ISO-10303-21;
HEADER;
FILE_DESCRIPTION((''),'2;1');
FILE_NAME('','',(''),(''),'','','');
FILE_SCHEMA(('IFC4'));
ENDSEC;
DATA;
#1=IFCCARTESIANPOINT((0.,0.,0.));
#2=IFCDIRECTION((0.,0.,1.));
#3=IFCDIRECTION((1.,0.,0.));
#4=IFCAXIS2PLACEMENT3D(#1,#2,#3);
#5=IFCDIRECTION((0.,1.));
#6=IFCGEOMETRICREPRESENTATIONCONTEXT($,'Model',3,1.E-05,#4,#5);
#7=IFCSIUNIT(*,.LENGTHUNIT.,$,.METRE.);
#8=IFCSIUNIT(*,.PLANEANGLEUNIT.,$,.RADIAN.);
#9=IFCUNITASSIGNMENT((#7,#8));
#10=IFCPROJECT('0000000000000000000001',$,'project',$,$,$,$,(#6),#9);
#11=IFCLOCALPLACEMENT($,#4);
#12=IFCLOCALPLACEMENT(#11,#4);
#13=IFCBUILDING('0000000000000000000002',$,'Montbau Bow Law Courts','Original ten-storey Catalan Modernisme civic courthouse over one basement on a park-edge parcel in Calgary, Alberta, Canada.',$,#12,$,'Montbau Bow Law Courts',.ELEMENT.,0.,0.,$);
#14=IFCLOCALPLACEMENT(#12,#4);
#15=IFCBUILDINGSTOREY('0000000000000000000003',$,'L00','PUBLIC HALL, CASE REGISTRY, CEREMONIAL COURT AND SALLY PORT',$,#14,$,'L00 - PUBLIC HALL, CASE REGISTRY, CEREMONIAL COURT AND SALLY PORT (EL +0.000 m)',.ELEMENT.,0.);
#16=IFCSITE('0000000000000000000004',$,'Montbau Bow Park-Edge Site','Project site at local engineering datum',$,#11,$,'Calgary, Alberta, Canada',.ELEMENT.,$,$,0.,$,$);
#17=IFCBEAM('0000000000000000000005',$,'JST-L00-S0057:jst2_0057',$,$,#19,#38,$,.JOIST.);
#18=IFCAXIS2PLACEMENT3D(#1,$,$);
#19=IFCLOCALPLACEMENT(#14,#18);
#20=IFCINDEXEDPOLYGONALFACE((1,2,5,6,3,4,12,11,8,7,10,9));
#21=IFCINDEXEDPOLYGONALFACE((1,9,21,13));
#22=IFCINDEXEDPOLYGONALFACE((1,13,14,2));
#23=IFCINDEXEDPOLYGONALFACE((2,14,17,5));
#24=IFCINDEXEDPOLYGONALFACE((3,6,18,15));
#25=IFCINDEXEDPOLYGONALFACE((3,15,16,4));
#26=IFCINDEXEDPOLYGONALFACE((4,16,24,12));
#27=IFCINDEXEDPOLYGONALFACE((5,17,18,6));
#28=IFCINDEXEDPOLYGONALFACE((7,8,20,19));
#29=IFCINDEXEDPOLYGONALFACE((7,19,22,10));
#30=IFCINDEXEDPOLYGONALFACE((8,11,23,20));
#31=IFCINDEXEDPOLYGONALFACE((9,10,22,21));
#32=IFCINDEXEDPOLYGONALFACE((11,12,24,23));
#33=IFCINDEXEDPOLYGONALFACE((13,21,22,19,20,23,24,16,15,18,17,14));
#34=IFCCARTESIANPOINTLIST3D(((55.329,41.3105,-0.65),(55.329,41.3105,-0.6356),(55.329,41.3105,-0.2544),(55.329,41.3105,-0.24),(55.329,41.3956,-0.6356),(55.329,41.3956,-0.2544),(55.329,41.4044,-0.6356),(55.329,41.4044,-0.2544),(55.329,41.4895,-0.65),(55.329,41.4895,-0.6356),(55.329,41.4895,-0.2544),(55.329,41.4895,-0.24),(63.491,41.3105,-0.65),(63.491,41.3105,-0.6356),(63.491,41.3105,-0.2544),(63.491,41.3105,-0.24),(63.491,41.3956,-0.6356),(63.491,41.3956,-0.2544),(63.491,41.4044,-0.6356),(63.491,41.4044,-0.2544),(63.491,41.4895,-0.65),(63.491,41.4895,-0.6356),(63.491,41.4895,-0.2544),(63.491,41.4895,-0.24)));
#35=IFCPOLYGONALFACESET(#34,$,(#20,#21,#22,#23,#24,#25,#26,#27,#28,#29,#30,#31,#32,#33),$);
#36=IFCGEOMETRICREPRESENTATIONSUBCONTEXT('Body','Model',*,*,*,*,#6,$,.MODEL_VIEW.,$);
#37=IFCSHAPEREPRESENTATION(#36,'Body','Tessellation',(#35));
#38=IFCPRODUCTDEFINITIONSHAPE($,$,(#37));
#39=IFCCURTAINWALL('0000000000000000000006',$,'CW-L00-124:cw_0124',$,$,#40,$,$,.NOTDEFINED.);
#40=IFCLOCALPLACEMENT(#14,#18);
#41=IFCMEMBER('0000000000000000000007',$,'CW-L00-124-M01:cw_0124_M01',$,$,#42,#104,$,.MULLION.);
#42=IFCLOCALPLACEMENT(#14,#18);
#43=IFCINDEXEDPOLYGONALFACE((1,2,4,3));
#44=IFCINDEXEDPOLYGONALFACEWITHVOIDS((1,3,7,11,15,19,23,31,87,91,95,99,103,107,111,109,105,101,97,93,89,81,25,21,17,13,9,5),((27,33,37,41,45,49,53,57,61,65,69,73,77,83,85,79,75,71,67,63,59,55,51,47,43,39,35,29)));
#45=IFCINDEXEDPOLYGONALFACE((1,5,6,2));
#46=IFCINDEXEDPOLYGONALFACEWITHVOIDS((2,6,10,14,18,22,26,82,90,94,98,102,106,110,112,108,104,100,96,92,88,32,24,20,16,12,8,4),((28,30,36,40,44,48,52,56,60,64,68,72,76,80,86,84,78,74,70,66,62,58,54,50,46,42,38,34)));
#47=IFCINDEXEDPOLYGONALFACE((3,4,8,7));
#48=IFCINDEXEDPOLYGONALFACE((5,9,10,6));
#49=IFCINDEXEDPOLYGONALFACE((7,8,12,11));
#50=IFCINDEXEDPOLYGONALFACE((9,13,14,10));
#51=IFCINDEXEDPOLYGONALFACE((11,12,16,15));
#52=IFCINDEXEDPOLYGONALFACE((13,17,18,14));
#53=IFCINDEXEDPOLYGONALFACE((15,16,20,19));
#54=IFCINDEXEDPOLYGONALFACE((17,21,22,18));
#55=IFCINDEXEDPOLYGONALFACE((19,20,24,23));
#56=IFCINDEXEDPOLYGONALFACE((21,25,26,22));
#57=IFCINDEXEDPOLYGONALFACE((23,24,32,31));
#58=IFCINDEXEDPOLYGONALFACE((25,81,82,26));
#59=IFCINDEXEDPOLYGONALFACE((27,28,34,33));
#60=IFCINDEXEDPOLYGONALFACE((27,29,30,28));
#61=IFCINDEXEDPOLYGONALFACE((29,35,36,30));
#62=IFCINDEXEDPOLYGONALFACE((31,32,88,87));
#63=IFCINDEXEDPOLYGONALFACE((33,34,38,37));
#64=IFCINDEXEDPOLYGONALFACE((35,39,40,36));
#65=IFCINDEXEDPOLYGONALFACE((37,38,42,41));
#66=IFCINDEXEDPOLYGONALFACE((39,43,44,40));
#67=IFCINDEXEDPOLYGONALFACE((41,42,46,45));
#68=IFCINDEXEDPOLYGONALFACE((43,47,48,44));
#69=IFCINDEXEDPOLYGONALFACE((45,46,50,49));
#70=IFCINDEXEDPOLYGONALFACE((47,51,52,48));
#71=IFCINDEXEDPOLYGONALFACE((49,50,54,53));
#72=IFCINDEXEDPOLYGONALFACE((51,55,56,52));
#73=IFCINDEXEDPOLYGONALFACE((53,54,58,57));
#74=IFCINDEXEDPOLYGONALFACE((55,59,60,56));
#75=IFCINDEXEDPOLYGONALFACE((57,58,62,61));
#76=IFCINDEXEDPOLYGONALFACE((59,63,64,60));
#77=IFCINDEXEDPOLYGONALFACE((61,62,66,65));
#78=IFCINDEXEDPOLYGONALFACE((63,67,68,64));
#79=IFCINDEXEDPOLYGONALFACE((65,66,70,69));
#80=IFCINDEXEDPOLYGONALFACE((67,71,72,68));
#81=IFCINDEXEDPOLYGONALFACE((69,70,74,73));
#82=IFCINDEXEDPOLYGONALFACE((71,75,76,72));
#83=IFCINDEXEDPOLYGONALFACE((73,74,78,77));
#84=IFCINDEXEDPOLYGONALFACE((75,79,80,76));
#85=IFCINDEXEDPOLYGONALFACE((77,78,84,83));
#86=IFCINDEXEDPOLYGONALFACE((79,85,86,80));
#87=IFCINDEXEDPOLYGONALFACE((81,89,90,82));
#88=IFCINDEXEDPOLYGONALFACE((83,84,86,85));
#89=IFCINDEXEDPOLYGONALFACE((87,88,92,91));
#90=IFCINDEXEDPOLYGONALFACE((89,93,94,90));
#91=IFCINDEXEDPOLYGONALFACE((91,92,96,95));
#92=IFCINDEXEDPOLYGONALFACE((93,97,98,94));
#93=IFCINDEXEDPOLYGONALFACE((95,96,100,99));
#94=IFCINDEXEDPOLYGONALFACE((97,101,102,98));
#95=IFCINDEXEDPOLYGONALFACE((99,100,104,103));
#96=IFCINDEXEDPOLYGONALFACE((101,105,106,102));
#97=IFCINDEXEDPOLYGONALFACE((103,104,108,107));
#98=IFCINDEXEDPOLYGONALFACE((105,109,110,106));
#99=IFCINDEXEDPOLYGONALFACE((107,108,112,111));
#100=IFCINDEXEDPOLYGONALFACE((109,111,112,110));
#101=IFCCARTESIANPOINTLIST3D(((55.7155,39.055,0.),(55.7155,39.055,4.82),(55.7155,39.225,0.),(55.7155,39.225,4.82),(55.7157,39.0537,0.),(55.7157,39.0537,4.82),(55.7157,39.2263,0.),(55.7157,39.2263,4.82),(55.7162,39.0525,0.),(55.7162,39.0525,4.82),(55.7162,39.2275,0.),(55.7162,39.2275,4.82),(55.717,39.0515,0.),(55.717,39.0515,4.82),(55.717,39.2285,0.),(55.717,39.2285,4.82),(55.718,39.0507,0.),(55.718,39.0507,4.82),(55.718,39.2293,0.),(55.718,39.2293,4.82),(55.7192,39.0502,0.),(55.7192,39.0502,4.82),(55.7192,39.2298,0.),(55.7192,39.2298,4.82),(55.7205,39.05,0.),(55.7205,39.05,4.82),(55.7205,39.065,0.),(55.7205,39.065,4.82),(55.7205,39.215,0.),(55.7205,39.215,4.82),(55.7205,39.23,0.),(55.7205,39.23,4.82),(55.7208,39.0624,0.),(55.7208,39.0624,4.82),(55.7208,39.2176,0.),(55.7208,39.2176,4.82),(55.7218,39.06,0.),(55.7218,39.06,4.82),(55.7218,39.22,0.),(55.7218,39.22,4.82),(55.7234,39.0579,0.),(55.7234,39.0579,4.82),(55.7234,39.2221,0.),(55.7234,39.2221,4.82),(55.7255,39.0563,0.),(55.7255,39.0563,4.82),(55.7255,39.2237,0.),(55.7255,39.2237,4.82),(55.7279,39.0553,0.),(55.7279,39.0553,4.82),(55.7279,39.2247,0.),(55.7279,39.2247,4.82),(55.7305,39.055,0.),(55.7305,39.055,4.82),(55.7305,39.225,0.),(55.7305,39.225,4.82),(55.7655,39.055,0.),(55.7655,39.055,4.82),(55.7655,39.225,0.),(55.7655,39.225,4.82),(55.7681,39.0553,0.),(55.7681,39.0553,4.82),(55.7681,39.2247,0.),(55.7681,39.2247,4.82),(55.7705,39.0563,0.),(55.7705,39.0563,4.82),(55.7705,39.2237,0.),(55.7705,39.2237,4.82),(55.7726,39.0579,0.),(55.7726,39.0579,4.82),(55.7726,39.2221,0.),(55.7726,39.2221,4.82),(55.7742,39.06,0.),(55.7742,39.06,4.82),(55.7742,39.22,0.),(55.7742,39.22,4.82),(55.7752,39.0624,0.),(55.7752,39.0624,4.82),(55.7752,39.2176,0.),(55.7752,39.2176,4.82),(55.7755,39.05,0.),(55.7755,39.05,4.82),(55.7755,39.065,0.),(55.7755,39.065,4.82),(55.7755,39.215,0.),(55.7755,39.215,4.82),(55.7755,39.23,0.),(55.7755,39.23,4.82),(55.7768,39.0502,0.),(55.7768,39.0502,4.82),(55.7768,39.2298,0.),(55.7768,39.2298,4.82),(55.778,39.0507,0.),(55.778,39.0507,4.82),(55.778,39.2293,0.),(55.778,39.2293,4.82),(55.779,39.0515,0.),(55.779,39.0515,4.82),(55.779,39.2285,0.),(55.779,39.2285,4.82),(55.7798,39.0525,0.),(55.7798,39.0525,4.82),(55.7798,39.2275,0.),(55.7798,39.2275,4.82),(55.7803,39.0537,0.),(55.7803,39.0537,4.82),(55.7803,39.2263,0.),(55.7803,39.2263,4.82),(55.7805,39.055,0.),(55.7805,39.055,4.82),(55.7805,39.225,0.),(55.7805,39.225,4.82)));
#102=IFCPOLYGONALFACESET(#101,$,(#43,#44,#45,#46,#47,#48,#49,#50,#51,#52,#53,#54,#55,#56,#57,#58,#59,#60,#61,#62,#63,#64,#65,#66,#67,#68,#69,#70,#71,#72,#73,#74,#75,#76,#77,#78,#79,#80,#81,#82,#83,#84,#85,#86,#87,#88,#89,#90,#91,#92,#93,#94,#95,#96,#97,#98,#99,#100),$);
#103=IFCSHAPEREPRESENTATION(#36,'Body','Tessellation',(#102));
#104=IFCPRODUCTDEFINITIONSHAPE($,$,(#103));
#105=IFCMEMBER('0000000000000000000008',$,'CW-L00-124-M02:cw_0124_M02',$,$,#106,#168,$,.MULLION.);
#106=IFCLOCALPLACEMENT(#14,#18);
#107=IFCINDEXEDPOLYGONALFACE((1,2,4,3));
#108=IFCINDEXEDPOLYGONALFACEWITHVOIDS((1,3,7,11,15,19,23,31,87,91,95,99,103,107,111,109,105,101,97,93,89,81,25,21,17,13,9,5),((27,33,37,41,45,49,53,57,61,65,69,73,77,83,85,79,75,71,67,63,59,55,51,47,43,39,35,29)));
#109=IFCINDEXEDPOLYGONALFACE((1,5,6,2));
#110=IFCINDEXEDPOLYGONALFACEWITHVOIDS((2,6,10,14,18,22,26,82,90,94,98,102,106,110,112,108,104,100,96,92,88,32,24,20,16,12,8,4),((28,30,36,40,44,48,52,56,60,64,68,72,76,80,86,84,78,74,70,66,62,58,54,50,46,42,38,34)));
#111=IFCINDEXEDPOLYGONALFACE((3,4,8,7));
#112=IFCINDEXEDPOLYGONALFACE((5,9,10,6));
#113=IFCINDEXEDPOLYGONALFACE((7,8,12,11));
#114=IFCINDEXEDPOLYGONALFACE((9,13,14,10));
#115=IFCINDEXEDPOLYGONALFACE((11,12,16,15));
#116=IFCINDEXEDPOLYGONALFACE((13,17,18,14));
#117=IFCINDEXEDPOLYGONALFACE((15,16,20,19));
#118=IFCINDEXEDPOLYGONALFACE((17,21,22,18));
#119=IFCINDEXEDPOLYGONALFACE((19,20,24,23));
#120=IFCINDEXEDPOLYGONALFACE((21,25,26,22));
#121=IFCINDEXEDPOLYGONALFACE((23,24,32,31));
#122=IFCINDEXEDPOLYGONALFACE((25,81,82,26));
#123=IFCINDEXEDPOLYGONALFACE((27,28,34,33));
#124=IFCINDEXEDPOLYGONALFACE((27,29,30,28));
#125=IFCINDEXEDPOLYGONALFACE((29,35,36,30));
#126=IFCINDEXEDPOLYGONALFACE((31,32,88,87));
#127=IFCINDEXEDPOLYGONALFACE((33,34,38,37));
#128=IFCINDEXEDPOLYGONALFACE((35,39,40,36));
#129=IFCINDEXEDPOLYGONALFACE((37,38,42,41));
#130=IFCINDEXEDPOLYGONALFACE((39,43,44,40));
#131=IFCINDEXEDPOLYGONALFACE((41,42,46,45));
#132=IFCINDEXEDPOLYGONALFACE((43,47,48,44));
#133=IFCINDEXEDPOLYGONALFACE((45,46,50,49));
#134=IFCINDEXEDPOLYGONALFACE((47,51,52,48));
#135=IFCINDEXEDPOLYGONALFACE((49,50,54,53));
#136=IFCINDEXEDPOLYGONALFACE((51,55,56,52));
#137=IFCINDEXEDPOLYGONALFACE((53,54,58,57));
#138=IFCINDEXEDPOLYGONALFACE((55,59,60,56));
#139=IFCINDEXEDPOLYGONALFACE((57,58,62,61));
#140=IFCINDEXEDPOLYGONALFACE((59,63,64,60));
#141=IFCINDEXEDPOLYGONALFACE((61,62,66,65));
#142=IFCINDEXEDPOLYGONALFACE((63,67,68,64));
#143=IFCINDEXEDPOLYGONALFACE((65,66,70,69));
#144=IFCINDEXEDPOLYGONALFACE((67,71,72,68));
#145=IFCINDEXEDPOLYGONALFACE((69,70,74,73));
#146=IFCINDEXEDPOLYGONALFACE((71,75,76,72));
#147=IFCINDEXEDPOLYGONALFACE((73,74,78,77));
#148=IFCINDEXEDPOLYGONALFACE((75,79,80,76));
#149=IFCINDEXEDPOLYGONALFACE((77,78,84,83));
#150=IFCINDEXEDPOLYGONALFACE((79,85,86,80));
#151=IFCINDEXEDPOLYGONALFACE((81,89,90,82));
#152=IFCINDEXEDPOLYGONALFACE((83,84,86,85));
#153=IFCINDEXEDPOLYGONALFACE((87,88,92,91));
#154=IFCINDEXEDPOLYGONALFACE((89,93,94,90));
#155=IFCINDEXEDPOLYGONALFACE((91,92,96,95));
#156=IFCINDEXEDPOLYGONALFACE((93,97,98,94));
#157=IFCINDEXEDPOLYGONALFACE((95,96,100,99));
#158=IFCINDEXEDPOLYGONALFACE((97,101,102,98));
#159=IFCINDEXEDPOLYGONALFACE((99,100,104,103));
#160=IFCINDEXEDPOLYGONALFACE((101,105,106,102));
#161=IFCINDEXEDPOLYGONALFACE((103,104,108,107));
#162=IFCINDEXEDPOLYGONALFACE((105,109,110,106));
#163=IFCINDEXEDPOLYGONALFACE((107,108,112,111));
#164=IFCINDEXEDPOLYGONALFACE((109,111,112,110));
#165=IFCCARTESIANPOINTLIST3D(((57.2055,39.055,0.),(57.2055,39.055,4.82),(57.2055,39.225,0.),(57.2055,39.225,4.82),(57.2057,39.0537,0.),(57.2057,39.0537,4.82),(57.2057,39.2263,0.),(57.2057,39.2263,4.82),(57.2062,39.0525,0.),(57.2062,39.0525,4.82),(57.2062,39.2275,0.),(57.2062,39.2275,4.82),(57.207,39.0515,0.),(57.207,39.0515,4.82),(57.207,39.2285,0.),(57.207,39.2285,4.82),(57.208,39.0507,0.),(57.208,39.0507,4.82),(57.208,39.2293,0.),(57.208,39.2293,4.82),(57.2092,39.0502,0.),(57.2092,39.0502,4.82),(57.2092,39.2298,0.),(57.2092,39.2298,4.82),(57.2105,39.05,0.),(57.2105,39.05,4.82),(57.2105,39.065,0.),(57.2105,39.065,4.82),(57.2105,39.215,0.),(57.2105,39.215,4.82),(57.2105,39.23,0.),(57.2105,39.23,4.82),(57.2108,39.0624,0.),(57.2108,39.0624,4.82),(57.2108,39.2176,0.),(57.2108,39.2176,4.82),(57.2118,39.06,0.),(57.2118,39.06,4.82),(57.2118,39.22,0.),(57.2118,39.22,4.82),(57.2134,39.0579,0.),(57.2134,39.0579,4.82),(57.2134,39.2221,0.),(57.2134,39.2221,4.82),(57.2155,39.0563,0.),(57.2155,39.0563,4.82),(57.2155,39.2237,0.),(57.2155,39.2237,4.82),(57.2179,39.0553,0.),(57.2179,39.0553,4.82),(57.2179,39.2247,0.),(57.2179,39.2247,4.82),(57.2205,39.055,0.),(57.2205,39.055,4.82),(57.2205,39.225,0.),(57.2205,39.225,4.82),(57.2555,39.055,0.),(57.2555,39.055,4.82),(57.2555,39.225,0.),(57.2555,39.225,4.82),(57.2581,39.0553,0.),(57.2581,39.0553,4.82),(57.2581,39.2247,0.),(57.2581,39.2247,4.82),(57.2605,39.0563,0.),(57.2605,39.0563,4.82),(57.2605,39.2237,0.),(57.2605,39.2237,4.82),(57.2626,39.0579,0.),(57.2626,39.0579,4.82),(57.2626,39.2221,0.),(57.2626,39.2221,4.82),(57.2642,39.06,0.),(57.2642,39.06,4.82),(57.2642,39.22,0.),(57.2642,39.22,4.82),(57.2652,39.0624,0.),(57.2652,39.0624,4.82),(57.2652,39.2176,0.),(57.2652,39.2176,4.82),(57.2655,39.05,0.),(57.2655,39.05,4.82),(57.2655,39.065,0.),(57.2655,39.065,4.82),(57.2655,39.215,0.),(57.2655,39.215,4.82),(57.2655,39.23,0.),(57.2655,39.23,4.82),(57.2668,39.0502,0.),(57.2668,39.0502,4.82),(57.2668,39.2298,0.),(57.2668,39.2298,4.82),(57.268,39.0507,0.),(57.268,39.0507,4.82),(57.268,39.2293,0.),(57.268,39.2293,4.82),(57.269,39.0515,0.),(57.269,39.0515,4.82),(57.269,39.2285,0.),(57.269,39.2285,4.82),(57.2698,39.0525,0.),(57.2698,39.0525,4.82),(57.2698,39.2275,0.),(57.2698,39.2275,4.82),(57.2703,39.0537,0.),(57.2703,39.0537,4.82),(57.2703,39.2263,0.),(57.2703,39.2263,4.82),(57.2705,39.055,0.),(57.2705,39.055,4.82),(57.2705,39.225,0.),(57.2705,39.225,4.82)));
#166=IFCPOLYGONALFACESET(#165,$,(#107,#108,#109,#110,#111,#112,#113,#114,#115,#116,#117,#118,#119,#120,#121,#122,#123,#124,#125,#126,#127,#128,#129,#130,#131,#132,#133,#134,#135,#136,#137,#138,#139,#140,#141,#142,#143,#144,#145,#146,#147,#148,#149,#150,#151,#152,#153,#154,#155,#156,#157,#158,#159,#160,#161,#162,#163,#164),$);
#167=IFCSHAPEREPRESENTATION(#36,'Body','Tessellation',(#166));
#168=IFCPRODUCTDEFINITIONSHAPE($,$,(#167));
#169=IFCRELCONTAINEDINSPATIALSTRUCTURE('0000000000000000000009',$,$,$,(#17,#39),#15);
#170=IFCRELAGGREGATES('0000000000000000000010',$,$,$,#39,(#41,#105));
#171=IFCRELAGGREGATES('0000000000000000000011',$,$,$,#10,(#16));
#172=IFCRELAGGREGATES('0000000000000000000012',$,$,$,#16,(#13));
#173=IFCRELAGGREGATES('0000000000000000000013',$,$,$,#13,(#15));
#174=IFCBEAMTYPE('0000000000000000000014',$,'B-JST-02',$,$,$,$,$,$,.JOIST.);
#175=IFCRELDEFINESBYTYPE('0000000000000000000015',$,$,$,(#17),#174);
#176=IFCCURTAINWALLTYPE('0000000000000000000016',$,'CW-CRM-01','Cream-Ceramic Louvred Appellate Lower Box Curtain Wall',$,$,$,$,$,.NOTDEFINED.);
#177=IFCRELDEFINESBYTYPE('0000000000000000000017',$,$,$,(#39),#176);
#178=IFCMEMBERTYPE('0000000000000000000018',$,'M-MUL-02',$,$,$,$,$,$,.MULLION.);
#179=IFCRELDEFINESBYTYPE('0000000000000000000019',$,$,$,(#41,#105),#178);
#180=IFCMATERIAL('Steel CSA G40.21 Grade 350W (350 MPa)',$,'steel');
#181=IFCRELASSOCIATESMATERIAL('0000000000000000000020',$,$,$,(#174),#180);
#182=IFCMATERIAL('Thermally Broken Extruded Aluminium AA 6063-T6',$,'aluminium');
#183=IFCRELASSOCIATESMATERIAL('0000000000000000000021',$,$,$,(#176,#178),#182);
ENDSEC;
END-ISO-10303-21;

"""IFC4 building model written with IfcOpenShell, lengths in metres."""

from ifc_helpers import new_model, si_unit, direction, frame, origin_with_axes, origin_2d_with_axis, place, context, subcontext, project, spatial, hollow_rectangle, i_section, extrude, material, material_profile, profile_set, type_object, element, aggregate, save


model = new_model("IFC4")

# Units and contexts
model_context = context("Model", 3, precision=1e-05, world=origin_with_axes(), true_north=direction((0.0, 1.0)))
body_context = subcontext(model_context, "Body", "Model", "MODEL_VIEW")
ifc_project = project(units=[si_unit("LENGTHUNIT", "METRE"), si_unit("PLANEANGLEUNIT", "RADIAN")], contexts=[model_context])

# Site, building, storey
site_placement = place(None, origin_with_axes())
site = spatial("IfcSite", under=ifc_project, at=site_placement, Name="Montbau Bow Park-Edge Site", Description="Project site at local engineering datum", LongName="Calgary, Alberta, Canada", CompositionType="ELEMENT", RefElevation=0.0)
building_placement = place(site_placement, origin_with_axes())
building = spatial("IfcBuilding", under=site, at=building_placement, Name="Montbau Bow Law Courts", Description="Original ten-storey Catalan Modernisme civic courthouse over one basement on a park-edge parcel in Calgary, Alberta, Canada.", LongName="Montbau Bow Law Courts", CompositionType="ELEMENT", ElevationOfRefHeight=0.0, ElevationOfTerrain=0.0)
storey_placement = place(building_placement, origin_with_axes())
storey = spatial("IfcBuildingStorey", under=building, at=storey_placement, Name="L00", Description="PUBLIC HALL, CASE REGISTRY, CEREMONIAL COURT AND SALLY PORT", LongName="L00 - PUBLIC HALL, CASE REGISTRY, CEREMONIAL COURT AND SALLY PORT (EL +0.000 m)", CompositionType="ELEMENT", Elevation=0.0)

# Beam
ifc_material_1 = material(Name="Steel CSA G40.21 Grade 350W (350 MPa)", Category="steel")
ifc_material_profile_1 = material_profile(ifc_material_1, i_section(OverallWidth=0.179, OverallDepth=0.41, WebThickness=0.0088, FlangeThickness=0.0144, at=origin_2d_with_axis()), Name="W410X67", Category="Main", Priority=0)
ifc_profile_set_1 = profile_set([ifc_material_profile_1], Name="Steel CSA G40.21 Grade 350W (350 MPa)")
beam_type = type_object("IfcBeamType", Name="B-JST-02", PredefinedType="JOIST", material=ifc_profile_set_1)
beam_placement = place(None, frame((55.329, 41.4, -0.445), z_axis=(1.0, 0.0, 0.0), x_axis=(0.0, 1.0, 0.0)))
element("IfcBeam", 1, at=beam_placement, inside=storey, type_object=beam_type, Name="JST-L00-S0057:jst2_0057", PredefinedType="JOIST", context=body_context, shape_type="SweptSolid", body=[
    extrude(i_section(OverallWidth=0.179, OverallDepth=0.41, WebThickness=0.0088, FlangeThickness=0.0144, at=origin_2d_with_axis()), origin_with_axes(), (0.0, 0.0, 1.0), 8.162),
])

# Curtain wall, members
ifc_material_2 = material(Name="Thermally Broken Extruded Aluminium AA 6063-T6", Category="aluminium")
curtain_wall_type = type_object("IfcCurtainWallType", Name="CW-CRM-01", Description="Cream-Ceramic Louvred Appellate Lower Box Curtain Wall", PredefinedType="NOTDEFINED", material=ifc_material_2)
curtain_wall_placement = place(None, frame((55.715, 39.14, 0.0), z_axis=(0.0, 0.0, 1.0), x_axis=(1.0, 0.0, 0.0)))
curtain_wall = element("IfcCurtainWall", 2, at=curtain_wall_placement, inside=storey, type_object=curtain_wall_type, Name="CW-L00-124:cw_0124", PredefinedType="NOTDEFINED")
ifc_material_profile_2 = material_profile(ifc_material_2, hollow_rectangle(XDim=0.065, YDim=0.18, WallThickness=0.005, InnerFilletRadius=0.01, OuterFilletRadius=0.005, at=origin_2d_with_axis()), Name="CWM-180X65", Category="Main", Priority=0)
ifc_profile_set_2 = profile_set([ifc_material_profile_2], Name="Thermally Broken Extruded Aluminium AA 6063-T6")
member_type_1 = type_object("IfcMemberType", Name="M-MUL-02", PredefinedType="MULLION", material=ifc_profile_set_2)
member_1_placement = place(None, frame((55.748, 39.14, 0.0), z_axis=(0.0, 0.0, 1.0), x_axis=(1.0, 0.0, 0.0)))
member_1 = element("IfcMember", 3, at=member_1_placement, type_object=member_type_1, Name="CW-L00-124-M01:cw_0124_M01", PredefinedType="MULLION", context=body_context, shape_type="SweptSolid", body=[
    extrude(hollow_rectangle(XDim=0.065, YDim=0.18, WallThickness=0.005, InnerFilletRadius=0.01, OuterFilletRadius=0.005, at=origin_2d_with_axis()), origin_with_axes(), (0.0, 0.0, 1.0), 4.82),
])
member_2_placement = place(None, frame((57.238, 39.14, 0.0), z_axis=(0.0, 0.0, 1.0), x_axis=(1.0, 0.0, 0.0)))
member_2 = element("IfcMember", 4, at=member_2_placement, type_object=member_type_1, Name="CW-L00-124-M02:cw_0124_M02", PredefinedType="MULLION", context=body_context, shape_type="SweptSolid", body=[
    extrude(hollow_rectangle(XDim=0.065, YDim=0.18, WallThickness=0.005, InnerFilletRadius=0.01, OuterFilletRadius=0.005, at=origin_2d_with_axis()), origin_with_axes(), (0.0, 0.0, 1.0), 4.82),
])
aggregate(curtain_wall, [member_1, member_2])

save(model, "model.ifc")
